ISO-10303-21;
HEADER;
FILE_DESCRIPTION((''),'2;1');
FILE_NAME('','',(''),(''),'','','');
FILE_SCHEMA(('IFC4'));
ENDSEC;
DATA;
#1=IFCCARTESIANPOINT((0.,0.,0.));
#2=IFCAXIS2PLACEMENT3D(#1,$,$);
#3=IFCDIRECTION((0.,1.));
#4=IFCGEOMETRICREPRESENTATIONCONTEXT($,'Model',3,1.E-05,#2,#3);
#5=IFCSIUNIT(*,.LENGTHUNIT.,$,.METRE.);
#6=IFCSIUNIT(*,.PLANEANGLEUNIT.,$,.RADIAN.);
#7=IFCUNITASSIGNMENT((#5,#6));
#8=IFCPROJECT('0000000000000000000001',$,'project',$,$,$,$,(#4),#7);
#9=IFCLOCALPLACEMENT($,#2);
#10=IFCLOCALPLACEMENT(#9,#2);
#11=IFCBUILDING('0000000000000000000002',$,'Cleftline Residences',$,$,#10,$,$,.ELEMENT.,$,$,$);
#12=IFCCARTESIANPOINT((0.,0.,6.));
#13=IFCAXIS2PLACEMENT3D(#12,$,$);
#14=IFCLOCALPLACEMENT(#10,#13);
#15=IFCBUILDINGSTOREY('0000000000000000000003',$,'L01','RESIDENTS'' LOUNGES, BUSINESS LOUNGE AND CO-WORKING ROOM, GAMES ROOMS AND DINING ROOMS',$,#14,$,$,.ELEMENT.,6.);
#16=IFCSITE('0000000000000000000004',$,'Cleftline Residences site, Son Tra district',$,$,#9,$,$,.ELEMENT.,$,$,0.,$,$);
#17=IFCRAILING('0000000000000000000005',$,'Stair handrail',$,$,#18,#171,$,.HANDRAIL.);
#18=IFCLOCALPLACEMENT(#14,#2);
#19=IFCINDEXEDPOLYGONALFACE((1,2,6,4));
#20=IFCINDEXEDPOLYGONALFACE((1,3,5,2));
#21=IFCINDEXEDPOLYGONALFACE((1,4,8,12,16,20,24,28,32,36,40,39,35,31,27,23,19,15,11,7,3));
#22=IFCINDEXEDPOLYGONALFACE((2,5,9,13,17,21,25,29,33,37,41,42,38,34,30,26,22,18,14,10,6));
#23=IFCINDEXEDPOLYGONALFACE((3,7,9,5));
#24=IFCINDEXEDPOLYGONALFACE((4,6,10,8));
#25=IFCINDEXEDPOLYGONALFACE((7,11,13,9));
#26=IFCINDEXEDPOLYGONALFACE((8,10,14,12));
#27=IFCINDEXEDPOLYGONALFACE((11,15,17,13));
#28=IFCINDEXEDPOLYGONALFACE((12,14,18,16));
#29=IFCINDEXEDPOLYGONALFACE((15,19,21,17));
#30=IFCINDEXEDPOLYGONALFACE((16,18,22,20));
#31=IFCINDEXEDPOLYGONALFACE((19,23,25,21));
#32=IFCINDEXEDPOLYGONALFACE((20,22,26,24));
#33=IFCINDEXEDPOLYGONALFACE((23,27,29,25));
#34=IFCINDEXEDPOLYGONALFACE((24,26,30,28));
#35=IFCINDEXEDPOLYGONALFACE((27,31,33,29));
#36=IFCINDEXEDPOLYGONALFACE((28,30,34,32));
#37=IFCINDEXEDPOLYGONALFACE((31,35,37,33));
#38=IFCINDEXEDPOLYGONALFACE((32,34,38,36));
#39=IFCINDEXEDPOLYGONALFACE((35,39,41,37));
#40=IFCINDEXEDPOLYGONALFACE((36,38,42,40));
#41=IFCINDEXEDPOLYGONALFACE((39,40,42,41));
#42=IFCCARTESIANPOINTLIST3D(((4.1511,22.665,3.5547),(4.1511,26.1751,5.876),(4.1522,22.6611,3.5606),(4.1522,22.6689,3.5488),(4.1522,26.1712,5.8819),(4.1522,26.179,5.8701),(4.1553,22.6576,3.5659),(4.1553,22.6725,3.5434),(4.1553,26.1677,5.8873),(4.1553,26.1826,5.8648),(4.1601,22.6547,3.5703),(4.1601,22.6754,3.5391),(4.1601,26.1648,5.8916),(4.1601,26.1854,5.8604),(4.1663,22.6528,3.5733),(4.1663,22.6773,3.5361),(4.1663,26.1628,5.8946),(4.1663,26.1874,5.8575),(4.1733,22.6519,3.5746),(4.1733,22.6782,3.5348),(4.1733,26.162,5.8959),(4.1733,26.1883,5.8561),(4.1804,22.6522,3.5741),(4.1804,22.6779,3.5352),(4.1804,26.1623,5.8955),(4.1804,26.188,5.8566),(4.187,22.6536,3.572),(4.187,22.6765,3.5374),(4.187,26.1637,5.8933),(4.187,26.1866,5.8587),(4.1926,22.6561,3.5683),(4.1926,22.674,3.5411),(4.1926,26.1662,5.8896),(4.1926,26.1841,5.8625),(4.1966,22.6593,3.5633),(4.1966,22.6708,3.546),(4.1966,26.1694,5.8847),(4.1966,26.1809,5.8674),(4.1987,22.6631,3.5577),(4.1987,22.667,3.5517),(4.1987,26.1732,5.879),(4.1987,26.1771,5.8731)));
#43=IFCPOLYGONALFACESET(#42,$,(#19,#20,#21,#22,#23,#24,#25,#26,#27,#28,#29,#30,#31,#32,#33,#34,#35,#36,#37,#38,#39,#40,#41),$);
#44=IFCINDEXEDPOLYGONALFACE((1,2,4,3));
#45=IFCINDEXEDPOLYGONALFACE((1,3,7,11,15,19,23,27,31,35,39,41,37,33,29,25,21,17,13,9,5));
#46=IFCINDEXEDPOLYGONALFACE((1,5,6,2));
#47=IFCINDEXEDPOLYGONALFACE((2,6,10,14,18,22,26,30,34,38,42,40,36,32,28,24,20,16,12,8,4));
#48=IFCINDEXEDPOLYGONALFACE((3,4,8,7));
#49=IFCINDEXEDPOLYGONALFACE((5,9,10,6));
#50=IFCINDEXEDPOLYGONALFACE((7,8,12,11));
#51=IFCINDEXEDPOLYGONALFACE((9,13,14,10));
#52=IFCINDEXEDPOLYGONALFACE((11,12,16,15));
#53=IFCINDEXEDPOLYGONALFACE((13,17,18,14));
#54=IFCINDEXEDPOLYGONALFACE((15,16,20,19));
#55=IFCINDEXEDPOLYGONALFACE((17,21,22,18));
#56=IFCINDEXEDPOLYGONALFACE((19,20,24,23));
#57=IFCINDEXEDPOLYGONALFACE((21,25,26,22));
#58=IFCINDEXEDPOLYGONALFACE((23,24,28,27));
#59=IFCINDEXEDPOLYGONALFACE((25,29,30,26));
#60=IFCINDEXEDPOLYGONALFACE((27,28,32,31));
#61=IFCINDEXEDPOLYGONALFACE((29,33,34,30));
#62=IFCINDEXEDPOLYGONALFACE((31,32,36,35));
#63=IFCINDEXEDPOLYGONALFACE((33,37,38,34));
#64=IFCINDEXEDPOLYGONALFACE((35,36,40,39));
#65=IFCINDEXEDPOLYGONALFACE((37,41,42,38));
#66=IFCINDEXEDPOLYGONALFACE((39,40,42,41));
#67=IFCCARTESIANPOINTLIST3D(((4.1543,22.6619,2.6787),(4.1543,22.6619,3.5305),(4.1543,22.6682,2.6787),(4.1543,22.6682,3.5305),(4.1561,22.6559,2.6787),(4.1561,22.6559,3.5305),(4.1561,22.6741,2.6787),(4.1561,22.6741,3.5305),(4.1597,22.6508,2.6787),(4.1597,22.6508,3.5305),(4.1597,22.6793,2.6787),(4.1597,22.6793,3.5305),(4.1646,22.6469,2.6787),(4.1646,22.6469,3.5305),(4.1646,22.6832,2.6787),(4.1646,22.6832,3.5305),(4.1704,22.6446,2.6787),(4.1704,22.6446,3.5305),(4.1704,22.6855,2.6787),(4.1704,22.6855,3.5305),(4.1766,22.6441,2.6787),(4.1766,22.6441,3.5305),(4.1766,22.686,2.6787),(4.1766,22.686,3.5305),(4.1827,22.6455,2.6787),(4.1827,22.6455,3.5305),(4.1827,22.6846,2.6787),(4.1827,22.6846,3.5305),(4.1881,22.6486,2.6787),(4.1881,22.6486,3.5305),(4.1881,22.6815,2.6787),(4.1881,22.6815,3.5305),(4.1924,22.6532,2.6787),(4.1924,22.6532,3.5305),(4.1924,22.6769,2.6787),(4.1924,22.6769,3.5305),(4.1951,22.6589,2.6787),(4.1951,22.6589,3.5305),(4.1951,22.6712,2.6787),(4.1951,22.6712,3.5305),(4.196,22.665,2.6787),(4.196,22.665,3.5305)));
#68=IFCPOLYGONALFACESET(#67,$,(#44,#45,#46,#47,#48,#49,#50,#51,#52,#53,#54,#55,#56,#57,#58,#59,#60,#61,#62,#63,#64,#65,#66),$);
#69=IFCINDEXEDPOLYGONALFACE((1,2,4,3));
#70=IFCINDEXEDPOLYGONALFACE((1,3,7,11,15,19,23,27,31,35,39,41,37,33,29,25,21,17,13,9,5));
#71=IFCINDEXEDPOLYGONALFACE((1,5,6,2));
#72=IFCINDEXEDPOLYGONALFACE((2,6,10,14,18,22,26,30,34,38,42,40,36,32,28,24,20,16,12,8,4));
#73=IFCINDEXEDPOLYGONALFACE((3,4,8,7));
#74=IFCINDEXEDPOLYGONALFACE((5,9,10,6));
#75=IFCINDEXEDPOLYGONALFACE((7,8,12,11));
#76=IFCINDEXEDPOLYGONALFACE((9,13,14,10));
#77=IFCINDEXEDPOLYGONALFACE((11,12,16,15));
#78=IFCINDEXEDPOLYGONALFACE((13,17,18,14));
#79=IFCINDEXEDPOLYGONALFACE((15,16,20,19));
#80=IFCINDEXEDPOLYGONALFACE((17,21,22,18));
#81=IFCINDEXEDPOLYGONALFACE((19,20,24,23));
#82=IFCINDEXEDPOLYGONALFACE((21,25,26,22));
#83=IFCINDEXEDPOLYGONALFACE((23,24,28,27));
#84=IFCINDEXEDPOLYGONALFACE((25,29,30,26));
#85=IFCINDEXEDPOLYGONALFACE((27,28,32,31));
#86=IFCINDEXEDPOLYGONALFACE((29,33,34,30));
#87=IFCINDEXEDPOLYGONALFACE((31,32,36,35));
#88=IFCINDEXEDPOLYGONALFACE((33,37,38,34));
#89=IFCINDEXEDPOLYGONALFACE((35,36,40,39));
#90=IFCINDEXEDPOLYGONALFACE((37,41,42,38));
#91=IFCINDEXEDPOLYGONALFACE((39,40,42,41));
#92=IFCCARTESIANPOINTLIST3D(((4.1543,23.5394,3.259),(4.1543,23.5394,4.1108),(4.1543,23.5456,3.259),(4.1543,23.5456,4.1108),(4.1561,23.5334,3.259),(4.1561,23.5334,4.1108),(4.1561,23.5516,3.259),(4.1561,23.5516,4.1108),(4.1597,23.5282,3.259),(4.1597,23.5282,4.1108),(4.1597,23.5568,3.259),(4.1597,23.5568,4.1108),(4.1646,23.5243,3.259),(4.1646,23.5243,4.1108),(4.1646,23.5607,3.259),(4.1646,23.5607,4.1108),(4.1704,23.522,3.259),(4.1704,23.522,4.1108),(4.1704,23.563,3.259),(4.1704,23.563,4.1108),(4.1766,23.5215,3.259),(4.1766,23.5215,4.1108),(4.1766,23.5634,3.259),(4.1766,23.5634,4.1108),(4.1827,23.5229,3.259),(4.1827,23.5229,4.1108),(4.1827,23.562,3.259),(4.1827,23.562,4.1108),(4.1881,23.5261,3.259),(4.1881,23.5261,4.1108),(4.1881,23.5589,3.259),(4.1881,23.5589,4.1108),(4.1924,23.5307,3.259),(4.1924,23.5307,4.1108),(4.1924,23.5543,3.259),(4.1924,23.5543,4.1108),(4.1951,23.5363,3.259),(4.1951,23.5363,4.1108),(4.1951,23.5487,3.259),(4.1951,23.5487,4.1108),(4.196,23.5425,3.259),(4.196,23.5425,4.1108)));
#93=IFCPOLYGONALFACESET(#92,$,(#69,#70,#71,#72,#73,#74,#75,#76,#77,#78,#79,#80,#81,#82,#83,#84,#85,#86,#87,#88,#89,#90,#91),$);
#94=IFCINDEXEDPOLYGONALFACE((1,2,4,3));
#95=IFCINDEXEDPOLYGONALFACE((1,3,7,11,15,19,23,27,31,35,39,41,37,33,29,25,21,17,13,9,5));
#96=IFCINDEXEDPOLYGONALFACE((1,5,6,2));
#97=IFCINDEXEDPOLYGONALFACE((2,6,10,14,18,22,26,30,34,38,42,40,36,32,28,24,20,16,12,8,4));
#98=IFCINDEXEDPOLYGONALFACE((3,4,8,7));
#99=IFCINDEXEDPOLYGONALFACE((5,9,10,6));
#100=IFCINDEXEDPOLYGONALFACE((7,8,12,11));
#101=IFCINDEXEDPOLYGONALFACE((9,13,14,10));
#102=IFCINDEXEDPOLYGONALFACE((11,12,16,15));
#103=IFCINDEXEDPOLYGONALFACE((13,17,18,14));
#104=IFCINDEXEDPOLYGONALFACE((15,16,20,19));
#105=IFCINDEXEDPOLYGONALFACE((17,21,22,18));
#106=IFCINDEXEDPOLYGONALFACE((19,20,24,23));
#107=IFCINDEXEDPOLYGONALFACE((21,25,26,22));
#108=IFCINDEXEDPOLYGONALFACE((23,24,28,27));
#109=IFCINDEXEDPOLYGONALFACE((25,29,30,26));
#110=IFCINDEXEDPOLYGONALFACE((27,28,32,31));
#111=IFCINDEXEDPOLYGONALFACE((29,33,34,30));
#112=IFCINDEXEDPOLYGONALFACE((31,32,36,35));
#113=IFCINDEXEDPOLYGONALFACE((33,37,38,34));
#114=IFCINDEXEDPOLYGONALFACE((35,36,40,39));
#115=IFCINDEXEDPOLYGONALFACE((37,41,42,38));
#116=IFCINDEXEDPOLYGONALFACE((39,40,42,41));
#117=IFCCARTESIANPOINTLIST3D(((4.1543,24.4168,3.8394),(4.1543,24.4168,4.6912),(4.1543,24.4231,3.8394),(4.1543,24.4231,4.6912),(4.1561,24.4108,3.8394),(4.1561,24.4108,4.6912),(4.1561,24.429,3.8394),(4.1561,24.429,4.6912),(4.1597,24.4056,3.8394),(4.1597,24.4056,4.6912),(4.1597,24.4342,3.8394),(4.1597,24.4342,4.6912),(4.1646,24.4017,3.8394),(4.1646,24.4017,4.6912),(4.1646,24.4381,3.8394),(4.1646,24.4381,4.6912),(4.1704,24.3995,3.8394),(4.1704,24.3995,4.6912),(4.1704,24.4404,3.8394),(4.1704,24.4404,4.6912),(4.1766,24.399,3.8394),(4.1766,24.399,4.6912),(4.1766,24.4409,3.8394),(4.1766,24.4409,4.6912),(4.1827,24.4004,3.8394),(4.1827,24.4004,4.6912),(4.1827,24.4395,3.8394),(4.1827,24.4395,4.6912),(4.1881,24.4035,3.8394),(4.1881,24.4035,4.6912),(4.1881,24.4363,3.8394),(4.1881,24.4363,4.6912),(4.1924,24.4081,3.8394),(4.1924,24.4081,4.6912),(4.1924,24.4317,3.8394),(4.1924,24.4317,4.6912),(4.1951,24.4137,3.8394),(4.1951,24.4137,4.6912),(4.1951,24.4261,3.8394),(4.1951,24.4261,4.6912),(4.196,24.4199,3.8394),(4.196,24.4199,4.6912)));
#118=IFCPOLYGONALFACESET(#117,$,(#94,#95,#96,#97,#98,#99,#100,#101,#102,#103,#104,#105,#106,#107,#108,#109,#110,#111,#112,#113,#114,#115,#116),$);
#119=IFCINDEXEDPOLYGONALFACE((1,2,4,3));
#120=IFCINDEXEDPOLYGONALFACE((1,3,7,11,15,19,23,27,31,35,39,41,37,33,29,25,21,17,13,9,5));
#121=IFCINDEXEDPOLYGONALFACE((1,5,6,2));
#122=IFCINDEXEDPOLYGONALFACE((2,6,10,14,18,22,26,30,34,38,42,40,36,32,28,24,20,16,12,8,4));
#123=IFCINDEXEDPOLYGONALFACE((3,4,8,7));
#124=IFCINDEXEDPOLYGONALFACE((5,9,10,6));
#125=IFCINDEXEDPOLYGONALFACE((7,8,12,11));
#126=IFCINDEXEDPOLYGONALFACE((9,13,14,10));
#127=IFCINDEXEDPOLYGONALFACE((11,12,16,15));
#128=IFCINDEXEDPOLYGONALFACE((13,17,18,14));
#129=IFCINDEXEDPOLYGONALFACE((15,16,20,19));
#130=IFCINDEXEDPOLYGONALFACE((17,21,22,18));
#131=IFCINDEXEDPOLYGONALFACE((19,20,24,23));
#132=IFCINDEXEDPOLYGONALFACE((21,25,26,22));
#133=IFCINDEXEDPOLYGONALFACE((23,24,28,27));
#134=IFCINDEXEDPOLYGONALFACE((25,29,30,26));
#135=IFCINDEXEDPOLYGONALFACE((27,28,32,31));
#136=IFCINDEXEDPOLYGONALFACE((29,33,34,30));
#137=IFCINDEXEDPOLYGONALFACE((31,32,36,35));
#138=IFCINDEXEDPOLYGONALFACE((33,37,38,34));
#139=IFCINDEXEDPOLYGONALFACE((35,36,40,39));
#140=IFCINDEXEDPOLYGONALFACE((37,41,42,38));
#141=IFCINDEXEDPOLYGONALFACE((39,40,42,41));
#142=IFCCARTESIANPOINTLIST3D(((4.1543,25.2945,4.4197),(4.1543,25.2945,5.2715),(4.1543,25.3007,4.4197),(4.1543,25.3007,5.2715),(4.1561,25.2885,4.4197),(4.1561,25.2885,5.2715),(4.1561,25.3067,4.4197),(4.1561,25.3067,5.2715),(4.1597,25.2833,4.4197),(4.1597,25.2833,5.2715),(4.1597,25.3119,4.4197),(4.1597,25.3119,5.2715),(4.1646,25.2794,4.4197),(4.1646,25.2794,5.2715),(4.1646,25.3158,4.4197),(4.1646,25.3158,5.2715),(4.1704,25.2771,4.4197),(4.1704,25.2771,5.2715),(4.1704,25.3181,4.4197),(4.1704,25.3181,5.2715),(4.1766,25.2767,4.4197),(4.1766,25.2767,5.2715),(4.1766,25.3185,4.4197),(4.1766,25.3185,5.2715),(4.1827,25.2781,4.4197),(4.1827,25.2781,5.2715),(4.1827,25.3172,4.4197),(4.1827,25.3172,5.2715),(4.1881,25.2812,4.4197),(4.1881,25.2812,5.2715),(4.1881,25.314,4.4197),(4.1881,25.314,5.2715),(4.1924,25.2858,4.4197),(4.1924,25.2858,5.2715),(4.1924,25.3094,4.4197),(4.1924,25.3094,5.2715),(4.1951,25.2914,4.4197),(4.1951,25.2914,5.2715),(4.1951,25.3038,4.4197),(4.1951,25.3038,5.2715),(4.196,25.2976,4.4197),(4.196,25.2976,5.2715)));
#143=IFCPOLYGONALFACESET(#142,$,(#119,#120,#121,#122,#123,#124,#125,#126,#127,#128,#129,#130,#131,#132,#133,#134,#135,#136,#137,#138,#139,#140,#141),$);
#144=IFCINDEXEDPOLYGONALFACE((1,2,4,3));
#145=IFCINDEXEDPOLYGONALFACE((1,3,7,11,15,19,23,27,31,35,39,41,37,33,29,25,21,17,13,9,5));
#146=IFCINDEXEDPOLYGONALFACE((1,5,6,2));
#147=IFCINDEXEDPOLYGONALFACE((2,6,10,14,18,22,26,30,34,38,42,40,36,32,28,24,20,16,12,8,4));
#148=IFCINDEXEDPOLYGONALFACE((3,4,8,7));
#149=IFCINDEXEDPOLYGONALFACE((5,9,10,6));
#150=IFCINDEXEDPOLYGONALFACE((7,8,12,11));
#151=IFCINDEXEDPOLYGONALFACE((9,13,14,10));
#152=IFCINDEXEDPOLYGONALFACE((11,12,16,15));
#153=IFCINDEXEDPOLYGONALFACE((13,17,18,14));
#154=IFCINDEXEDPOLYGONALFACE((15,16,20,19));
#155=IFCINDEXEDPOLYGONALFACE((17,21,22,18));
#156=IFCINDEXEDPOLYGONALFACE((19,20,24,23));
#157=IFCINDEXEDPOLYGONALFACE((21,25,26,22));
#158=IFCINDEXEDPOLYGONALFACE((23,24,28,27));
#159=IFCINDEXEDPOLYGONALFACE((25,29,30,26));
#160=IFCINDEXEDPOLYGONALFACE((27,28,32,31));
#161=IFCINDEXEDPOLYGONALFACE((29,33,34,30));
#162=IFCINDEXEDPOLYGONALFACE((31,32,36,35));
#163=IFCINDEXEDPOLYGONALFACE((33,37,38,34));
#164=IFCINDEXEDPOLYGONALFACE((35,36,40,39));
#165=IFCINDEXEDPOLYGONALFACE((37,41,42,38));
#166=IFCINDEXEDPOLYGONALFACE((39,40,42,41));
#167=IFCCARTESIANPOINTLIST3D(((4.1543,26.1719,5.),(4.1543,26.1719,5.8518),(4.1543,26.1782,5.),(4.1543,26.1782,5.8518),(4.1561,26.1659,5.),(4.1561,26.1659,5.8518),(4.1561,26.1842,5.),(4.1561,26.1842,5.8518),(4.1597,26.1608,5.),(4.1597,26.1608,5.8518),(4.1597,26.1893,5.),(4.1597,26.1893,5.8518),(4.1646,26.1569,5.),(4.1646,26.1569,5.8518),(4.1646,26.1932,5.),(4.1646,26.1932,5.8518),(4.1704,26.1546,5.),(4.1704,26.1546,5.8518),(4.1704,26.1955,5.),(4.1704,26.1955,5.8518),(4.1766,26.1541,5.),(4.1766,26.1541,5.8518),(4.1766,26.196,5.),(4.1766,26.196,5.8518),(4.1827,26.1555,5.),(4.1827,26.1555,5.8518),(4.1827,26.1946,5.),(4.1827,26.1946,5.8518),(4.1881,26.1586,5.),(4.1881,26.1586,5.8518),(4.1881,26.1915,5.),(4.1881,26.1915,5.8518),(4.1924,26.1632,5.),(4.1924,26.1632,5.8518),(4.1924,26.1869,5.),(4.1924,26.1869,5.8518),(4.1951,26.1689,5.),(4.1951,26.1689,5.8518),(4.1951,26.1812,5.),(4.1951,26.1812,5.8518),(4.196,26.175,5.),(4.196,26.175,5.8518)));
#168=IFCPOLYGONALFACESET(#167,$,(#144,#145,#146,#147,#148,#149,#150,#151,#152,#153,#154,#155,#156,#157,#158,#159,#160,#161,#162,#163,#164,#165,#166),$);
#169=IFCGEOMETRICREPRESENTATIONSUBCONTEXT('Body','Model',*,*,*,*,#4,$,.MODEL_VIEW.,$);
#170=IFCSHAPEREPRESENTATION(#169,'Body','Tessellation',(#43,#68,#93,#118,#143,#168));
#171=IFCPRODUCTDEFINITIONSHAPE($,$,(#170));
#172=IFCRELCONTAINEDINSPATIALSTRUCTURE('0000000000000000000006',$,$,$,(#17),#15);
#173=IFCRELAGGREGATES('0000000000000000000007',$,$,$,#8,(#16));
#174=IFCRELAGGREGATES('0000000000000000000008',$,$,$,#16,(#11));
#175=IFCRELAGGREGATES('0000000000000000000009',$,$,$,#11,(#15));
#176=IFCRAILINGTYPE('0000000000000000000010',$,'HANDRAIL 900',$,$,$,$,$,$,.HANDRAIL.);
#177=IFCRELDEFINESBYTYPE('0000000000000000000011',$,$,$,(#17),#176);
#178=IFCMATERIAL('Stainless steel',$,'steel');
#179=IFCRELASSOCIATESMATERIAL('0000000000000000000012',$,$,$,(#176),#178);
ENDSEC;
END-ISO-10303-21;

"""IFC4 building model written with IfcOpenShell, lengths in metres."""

from ifc_helpers import new_model, si_unit, direction, frame, origin, origin_2d, place, context, subcontext, project, spatial, circle, extrude, material, type_object, element, save


model = new_model("IFC4")

# Units and contexts
model_context = context("Model", 3, precision=1e-05, world=origin(), true_north=direction((0.0, 1.0)))
body_context = subcontext(model_context, "Body", "Model", "MODEL_VIEW")
ifc_project = project(units=[si_unit("LENGTHUNIT", "METRE"), si_unit("PLANEANGLEUNIT", "RADIAN")], contexts=[model_context])

# Site, building, storey
site_placement = place(None, origin())
site = spatial("IfcSite", under=ifc_project, at=site_placement, Name="Cleftline Residences site, Son Tra district", CompositionType="ELEMENT", RefElevation=0.0)
building_placement = place(site_placement, origin())
building = spatial("IfcBuilding", under=site, at=building_placement, Name="Cleftline Residences", CompositionType="ELEMENT")
storey_placement = place(building_placement, frame((0.0, 0.0, 6.0)))
storey = spatial("IfcBuildingStorey", under=building, at=storey_placement, Name="L01", Description="RESIDENTS' LOUNGES, BUSINESS LOUNGE AND CO-WORKING ROOM, GAMES ROOMS AND DINING ROOMS", CompositionType="ELEMENT", Elevation=6.0)

# Railing
ifc_material_1 = material(Name="Stainless steel", Category="steel")
railing_type = type_object("IfcRailingType", Name="HANDRAIL 900", PredefinedType="HANDRAIL", material=ifc_material_1)
railing_1_placement = place(storey_placement, frame((4.175, 22.665, 2.6787)))
element("IfcRailing", 1, at=railing_1_placement, inside=storey, type_object=railing_type, Name="Stair handrail", PredefinedType="HANDRAIL", context=body_context, shape_type="SweptSolid", body=[
    extrude(circle(Radius=0.0239, at=origin_2d()), frame((0.0, 0.0, 0.876), z_axis=(0.0, 0.834097, 0.551617), x_axis=(-1.0, 0.0, 0.0)), (0.0, 0.0, 1.0), 4.2083),
    extrude(circle(Radius=0.021, at=origin_2d()), origin(), (0.0, 0.0, 1.0), 0.8518),
    extrude(circle(Radius=0.021, at=origin_2d()), frame((0.0, 0.8774, 0.5803)), (0.0, 0.0, 1.0), 0.8518),
    extrude(circle(Radius=0.021, at=origin_2d()), frame((0.0, 1.7549, 1.1606)), (0.0, 0.0, 1.0), 0.8518),
    extrude(circle(Radius=0.021, at=origin_2d()), frame((0.0, 2.6326, 1.741)), (0.0, 0.0, 1.0), 0.8518),
    extrude(circle(Radius=0.021, at=origin_2d()), frame((0.0, 3.51, 2.3213)), (0.0, 0.0, 1.0), 0.8518),
])

save(model, "model.ifc")
